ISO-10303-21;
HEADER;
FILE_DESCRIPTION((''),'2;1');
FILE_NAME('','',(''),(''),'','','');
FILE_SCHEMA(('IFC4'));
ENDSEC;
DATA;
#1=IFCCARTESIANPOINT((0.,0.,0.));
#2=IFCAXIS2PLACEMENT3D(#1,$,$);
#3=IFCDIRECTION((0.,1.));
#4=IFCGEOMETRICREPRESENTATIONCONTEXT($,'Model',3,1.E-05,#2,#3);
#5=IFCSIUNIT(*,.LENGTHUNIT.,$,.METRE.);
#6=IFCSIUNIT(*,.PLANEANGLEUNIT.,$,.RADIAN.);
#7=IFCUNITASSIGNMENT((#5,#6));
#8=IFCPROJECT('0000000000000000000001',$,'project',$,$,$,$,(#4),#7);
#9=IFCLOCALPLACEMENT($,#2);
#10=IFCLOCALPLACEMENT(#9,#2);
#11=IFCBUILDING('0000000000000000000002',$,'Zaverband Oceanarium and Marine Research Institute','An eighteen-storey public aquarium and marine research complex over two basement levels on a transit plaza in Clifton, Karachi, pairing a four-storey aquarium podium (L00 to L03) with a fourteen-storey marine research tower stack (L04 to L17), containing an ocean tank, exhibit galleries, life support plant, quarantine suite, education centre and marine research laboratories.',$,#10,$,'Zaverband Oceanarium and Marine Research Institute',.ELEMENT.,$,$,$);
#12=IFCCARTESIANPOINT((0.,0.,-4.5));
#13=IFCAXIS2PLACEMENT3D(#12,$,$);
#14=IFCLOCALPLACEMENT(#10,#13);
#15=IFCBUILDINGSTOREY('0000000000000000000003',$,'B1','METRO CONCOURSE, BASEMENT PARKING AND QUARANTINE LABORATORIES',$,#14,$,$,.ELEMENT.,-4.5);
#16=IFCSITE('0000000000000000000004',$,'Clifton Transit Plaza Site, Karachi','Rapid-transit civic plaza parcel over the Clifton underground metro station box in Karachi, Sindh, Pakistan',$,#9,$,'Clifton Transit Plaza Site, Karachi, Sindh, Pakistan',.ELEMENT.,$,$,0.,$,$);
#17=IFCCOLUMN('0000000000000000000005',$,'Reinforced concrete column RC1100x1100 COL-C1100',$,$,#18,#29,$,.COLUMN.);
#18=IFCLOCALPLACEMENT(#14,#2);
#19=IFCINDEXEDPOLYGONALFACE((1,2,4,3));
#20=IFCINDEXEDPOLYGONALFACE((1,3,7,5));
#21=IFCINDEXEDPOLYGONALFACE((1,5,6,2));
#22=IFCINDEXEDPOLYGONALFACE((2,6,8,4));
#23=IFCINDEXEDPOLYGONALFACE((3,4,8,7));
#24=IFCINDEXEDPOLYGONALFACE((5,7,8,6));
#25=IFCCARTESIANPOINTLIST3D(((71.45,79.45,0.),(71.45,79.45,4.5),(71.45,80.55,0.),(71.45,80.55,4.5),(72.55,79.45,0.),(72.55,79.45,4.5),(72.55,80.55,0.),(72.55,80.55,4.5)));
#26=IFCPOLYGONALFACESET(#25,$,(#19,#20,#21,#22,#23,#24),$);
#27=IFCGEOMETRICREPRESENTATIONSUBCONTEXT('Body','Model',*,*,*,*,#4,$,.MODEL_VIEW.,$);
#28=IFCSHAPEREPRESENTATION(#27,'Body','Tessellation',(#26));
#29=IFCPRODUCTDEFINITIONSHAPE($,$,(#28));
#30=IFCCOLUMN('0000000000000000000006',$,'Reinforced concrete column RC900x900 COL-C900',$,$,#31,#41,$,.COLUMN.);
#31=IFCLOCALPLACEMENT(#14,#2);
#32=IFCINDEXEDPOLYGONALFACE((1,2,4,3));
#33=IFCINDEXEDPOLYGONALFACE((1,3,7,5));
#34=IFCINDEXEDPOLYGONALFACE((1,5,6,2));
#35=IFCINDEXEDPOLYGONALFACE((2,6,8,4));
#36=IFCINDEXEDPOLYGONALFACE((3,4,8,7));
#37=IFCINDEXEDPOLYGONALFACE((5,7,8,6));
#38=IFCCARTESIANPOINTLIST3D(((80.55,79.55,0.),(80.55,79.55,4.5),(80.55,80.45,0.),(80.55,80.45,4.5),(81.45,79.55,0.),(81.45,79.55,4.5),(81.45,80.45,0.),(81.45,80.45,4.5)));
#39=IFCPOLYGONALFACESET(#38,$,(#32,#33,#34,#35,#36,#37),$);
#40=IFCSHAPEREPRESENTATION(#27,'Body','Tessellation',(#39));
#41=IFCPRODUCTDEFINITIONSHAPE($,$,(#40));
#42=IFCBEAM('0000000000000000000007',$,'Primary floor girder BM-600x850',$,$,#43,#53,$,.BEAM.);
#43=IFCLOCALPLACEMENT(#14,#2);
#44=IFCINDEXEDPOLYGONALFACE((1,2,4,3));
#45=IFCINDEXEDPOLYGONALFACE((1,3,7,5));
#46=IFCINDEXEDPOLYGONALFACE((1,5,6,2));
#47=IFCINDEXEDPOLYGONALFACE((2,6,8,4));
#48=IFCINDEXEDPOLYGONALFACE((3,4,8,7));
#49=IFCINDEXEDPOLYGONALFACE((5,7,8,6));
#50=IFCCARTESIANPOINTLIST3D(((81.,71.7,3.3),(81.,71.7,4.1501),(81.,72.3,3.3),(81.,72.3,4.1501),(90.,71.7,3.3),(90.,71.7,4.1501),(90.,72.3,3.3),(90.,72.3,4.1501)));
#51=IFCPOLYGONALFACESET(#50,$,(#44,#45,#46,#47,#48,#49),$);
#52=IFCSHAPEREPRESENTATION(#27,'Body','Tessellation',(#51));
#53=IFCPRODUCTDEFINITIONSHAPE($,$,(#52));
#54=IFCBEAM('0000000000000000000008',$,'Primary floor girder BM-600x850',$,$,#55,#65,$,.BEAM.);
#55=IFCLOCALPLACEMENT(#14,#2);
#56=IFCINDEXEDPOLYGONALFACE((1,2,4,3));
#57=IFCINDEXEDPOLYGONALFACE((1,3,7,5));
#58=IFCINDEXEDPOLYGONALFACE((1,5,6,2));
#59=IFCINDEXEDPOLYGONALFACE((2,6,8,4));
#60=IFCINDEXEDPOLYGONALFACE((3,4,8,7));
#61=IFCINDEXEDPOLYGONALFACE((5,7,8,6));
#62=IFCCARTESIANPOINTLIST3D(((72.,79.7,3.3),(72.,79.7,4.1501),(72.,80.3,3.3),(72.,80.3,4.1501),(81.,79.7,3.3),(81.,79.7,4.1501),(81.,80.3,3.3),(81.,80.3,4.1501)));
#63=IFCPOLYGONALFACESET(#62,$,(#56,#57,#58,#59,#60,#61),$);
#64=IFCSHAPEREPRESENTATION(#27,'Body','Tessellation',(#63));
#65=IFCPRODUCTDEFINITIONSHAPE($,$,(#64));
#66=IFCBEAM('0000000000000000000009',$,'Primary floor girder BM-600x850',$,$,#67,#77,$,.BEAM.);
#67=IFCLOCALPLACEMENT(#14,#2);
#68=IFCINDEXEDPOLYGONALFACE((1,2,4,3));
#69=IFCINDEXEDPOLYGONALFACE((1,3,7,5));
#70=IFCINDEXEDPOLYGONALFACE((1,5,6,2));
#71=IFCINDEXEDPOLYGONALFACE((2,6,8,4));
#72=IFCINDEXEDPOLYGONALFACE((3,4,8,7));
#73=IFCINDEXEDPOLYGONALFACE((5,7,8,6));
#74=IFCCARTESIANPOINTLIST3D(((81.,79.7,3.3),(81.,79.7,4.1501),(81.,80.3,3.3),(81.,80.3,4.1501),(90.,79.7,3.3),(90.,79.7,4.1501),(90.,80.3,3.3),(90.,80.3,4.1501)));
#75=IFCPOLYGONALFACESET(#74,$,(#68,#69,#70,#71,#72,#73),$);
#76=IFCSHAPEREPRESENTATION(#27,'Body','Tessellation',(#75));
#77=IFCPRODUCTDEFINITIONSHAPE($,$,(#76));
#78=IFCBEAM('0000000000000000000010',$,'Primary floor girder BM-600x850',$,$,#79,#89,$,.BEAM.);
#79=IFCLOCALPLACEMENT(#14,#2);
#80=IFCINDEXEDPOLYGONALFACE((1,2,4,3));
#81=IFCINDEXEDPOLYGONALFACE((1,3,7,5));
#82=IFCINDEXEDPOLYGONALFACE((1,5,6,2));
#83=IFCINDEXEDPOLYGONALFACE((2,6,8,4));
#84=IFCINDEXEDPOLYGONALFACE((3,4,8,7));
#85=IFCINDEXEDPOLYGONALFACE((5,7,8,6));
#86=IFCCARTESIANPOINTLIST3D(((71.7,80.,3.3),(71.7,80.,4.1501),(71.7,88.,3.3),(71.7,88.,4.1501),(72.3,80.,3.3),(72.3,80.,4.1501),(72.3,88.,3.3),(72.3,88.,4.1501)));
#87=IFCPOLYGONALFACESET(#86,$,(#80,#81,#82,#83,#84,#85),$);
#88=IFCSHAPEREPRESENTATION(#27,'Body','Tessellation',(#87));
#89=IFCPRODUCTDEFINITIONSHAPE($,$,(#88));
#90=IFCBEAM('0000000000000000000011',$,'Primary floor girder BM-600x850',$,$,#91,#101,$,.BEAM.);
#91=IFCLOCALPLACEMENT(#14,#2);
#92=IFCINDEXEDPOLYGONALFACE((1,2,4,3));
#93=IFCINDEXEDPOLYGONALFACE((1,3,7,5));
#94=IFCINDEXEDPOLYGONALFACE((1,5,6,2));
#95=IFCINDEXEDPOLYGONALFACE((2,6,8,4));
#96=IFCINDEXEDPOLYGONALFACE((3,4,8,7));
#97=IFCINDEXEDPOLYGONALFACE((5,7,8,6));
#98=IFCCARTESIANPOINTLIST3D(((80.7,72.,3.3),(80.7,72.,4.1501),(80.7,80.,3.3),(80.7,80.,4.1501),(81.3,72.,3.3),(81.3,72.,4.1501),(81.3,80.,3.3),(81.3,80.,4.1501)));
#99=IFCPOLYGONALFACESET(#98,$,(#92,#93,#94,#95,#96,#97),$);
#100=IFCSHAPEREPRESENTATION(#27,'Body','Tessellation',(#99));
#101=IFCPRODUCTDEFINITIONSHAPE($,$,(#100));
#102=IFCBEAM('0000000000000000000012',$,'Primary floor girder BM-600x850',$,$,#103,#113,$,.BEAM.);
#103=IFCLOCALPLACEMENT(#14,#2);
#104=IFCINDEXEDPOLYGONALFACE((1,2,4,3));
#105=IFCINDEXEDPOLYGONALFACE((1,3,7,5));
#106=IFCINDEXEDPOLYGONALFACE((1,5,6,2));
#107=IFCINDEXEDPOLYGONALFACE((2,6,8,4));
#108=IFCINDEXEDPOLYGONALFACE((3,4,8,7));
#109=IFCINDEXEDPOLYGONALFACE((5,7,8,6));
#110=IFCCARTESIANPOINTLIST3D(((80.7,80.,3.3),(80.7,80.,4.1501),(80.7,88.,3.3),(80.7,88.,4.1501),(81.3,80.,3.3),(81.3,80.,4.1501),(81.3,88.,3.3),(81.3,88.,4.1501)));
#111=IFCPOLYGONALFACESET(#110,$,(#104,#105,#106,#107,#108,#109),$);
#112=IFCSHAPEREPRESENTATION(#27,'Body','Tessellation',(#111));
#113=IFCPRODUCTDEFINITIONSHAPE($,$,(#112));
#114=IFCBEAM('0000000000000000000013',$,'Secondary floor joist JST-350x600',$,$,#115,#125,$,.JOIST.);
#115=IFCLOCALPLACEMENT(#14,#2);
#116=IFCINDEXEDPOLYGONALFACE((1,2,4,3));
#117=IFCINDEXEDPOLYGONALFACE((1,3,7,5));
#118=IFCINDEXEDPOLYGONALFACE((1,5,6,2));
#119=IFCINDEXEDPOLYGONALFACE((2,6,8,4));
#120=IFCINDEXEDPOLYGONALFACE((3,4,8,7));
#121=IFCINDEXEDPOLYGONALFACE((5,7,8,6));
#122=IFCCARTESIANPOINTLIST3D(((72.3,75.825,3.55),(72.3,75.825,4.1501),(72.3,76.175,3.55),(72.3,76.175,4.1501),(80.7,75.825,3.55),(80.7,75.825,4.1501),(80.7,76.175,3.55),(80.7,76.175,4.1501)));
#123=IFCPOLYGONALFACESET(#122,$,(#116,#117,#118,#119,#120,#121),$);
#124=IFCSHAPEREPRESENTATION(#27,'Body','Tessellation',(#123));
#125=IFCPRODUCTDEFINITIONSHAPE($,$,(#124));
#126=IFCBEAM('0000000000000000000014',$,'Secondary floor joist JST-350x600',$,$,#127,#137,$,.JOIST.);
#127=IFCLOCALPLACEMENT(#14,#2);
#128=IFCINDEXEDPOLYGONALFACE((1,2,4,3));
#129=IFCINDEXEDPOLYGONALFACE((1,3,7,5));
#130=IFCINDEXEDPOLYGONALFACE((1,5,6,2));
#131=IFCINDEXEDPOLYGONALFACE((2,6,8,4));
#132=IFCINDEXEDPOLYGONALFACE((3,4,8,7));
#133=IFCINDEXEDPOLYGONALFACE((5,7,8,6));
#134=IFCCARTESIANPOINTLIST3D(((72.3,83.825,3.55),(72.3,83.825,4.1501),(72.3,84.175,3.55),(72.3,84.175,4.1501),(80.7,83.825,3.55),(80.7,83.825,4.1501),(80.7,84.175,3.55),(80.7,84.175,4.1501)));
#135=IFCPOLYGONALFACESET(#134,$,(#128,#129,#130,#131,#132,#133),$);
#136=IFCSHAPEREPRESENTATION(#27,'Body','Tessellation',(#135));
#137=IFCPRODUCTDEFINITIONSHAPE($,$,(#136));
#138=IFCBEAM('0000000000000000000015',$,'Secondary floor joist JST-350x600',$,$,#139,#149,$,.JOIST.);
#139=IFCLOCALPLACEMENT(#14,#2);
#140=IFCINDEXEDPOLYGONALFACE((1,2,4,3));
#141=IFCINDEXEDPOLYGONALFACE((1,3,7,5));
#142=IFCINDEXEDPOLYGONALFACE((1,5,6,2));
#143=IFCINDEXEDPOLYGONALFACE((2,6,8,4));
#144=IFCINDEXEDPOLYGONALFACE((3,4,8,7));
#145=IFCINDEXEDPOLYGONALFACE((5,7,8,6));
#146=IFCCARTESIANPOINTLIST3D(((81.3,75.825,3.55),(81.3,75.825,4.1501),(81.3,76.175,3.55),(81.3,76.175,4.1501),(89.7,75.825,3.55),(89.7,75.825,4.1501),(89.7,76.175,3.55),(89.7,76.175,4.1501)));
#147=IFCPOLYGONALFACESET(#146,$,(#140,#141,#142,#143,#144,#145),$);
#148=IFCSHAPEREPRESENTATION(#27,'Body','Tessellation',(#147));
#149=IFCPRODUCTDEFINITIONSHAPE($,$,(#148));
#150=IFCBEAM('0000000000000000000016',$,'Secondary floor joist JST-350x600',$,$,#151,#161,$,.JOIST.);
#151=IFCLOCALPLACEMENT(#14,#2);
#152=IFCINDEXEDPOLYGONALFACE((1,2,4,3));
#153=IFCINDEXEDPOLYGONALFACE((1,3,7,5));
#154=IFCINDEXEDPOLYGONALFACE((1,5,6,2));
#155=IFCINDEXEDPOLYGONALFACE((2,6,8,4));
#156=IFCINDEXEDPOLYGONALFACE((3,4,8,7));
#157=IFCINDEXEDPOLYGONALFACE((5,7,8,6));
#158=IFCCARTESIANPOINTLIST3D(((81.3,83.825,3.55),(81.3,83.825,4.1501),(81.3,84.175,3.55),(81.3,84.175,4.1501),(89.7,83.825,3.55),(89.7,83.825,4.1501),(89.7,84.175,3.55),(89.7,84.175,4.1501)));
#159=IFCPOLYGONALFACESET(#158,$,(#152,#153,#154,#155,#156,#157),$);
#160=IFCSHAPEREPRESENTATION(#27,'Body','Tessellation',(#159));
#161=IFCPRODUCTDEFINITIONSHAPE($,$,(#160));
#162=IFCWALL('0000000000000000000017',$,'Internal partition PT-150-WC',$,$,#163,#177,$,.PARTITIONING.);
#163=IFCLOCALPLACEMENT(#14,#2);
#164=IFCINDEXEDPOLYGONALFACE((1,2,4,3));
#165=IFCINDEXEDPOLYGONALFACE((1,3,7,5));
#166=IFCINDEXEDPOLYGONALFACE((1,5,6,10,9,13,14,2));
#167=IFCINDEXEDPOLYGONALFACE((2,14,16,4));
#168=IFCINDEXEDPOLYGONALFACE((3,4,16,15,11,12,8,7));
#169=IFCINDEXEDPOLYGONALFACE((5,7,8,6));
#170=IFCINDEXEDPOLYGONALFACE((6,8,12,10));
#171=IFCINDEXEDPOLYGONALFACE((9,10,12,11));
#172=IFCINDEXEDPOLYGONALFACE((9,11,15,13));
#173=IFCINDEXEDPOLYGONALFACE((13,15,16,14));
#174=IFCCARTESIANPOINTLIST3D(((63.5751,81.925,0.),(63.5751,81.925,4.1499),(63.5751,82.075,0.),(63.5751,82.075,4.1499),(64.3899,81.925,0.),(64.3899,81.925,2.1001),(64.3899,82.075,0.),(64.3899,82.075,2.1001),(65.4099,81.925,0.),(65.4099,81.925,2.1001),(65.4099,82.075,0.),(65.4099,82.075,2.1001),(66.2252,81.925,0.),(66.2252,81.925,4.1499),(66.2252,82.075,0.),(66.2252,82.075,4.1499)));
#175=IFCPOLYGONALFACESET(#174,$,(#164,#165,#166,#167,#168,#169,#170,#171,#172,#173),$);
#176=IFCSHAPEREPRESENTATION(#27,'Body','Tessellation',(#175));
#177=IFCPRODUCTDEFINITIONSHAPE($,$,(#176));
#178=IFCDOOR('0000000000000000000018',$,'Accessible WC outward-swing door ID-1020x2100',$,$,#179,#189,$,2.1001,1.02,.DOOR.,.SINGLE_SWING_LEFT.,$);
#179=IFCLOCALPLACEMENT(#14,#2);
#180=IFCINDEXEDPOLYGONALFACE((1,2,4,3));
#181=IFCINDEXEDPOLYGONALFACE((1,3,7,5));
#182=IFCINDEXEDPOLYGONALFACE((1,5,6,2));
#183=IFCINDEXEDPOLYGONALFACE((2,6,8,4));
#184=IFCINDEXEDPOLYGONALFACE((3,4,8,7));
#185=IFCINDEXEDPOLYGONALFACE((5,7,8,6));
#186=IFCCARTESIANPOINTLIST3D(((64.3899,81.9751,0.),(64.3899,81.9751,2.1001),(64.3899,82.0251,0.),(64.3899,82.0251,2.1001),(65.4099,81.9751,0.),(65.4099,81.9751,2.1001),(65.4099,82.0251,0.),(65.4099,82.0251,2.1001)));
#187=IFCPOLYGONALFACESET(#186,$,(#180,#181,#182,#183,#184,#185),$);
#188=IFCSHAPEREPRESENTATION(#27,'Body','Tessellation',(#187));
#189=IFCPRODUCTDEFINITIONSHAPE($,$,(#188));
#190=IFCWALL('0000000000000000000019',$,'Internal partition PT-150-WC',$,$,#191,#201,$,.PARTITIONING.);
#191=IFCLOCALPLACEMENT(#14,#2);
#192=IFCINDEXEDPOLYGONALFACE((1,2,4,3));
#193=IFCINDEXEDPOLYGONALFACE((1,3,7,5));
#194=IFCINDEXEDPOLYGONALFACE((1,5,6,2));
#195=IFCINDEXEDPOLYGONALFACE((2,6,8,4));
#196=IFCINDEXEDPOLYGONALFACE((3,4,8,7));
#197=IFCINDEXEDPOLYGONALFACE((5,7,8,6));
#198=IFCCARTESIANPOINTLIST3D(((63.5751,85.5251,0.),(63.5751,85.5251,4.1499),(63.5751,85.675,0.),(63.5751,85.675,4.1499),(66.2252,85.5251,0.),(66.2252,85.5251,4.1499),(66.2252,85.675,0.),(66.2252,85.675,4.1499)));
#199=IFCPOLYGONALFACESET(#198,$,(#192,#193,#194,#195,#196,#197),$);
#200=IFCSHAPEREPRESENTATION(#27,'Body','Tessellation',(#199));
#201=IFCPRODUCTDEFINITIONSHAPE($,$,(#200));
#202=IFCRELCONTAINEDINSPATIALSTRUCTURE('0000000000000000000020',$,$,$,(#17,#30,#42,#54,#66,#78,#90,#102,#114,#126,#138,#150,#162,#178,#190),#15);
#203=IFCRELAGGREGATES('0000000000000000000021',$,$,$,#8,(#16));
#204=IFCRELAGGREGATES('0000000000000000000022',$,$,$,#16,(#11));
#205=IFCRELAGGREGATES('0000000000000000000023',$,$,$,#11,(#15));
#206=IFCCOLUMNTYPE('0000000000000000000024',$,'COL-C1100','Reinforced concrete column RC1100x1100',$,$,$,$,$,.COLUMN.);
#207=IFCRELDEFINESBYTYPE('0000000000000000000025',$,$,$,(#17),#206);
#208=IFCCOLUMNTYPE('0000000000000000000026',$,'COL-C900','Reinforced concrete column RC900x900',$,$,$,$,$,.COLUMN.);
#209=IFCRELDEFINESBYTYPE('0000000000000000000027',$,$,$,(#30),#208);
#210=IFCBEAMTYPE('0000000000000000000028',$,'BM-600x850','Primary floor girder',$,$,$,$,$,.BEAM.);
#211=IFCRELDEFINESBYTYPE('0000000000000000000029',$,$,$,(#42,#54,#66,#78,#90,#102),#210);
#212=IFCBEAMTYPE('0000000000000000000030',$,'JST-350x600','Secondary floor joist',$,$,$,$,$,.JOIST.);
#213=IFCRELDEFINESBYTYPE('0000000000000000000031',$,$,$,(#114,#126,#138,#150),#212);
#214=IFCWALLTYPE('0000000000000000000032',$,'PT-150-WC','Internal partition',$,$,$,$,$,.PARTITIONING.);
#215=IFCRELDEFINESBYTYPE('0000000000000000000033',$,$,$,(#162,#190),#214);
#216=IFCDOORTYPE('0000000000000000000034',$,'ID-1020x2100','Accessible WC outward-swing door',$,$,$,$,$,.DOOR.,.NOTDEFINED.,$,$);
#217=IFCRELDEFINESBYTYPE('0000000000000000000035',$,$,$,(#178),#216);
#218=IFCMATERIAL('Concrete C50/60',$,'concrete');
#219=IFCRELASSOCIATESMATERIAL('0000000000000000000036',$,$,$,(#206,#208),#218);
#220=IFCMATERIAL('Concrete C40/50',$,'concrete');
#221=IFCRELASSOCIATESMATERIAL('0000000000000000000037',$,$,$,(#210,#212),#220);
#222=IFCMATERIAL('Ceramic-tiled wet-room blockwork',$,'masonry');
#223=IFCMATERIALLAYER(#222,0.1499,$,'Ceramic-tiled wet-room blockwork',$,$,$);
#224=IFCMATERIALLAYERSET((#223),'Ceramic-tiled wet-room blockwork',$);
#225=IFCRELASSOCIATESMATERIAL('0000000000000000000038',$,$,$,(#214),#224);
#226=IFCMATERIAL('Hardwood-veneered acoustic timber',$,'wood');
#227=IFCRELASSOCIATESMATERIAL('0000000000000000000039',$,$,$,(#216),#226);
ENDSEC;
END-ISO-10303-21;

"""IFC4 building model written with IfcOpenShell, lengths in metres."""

from ifc_helpers import new_model, si_unit, direction, frame, frame_2d, origin, origin_2d, place, context, subcontext, project, spatial, rectangle, extrude, material, layer, layer_set, material_profile, profile_set, type_object, element, fill, save


model = new_model("IFC4")

# Units and contexts
model_context = context("Model", 3, precision=1e-05, world=origin(), true_north=direction((0.0, 1.0)))
body_context = subcontext(model_context, "Body", "Model", "MODEL_VIEW")
ifc_project = project(units=[si_unit("LENGTHUNIT", "METRE"), si_unit("PLANEANGLEUNIT", "RADIAN")], contexts=[model_context])

# Site, building, storey
site_placement = place(None, origin())
site = spatial("IfcSite", under=ifc_project, at=site_placement, Name="Clifton Transit Plaza Site, Karachi", Description="Rapid-transit civic plaza parcel over the Clifton underground metro station box in Karachi, Sindh, Pakistan", LongName="Clifton Transit Plaza Site, Karachi, Sindh, Pakistan", CompositionType="ELEMENT", RefElevation=0.0)
building_placement = place(site_placement, origin())
building = spatial("IfcBuilding", under=site, at=building_placement, Name="Zaverband Oceanarium and Marine Research Institute", Description="An eighteen-storey public aquarium and marine research complex over two basement levels on a transit plaza in Clifton, Karachi, pairing a four-storey aquarium podium (L00 to L03) with a fourteen-storey marine research tower stack (L04 to L17), containing an ocean tank, exhibit galleries, life support plant, quarantine suite, education centre and marine research laboratories.", LongName="Zaverband Oceanarium and Marine Research Institute", CompositionType="ELEMENT")
storey_placement = place(building_placement, frame((0.0, 0.0, -4.5)))
storey = spatial("IfcBuildingStorey", under=building, at=storey_placement, Name="B1", Description="METRO CONCOURSE, BASEMENT PARKING AND QUARANTINE LABORATORIES", CompositionType="ELEMENT", Elevation=-4.5)

# Columns
ifc_material_1 = material(Name="Concrete C50/60", Category="concrete")
ifc_material_profile_1 = material_profile(ifc_material_1, rectangle(XDim=1.1001, YDim=1.1001, at=origin_2d()), Name="RC1100x1100")
ifc_profile_set_1 = profile_set([ifc_material_profile_1], Name="Concrete C50/60")
column_type_1 = type_object("IfcColumnType", Name="COL-C1100", Description="Reinforced concrete column RC1100x1100", PredefinedType="COLUMN", material=ifc_profile_set_1)
column_1_placement = place(storey_placement, frame((72.0, 80.0, 0.0), z_axis=(0.0, 0.0, 1.0), x_axis=(1.0, 0.0, 0.0)))
element("IfcColumn", 1, at=column_1_placement, inside=storey, type_object=column_type_1, Name="Reinforced concrete column RC1100x1100 COL-C1100", PredefinedType="COLUMN", context=body_context, shape_type="SweptSolid", body=[
    extrude(rectangle(XDim=1.1001, YDim=1.1001, at=origin_2d()), origin(), (0.0, 0.0, 1.0), 4.5),
])
ifc_material_profile_2 = material_profile(ifc_material_1, rectangle(XDim=0.8999, YDim=0.8999, at=origin_2d()), Name="RC900x900")
ifc_profile_set_2 = profile_set([ifc_material_profile_2], Name="Concrete C50/60")
column_type_2 = type_object("IfcColumnType", Name="COL-C900", Description="Reinforced concrete column RC900x900", PredefinedType="COLUMN", material=ifc_profile_set_2)
column_2_placement = place(storey_placement, frame((81.0, 80.0, 0.0), z_axis=(0.0, 0.0, 1.0), x_axis=(1.0, 0.0, 0.0)))
element("IfcColumn", 2, at=column_2_placement, inside=storey, type_object=column_type_2, Name="Reinforced concrete column RC900x900 COL-C900", PredefinedType="COLUMN", context=body_context, shape_type="SweptSolid", body=[
    extrude(rectangle(XDim=0.8999, YDim=0.8999, at=origin_2d()), origin(), (0.0, 0.0, 1.0), 4.5),
])

# Beams
ifc_material_2 = material(Name="Concrete C40/50", Category="concrete")
ifc_material_profile_3 = material_profile(ifc_material_2, rectangle(XDim=0.6001, YDim=0.8501, at=origin_2d()), Name="RC600x850")
ifc_profile_set_3 = profile_set([ifc_material_profile_3], Name="Concrete C40/50")
beam_type_1 = type_object("IfcBeamType", Name="BM-600x850", Description="Primary floor girder", PredefinedType="BEAM", material=ifc_profile_set_3)
for number, where, z_axis, x_axis, name in (
    (3, (81.0, 72.0, 3.7251), (1.0, 0.0, 0.0), (0.0, 1.0, 0.0), "Primary floor girder BM-600x850"),
    (4, (72.0, 80.0, 3.7251), (1.0, 0.0, 0.0), (0.0, 1.0, 0.0), "Primary floor girder BM-600x850"),
    (5, (81.0, 80.0, 3.7251), (1.0, 0.0, 0.0), (0.0, 1.0, 0.0), "Primary floor girder BM-600x850"),
):
    element("IfcBeam", number, at=place(storey_placement, frame(where, z_axis=z_axis, x_axis=x_axis)), inside=storey, type_object=beam_type_1, Name=name, PredefinedType="BEAM", context=body_context, shape_type="SweptSolid", body=[
        extrude(rectangle(XDim=0.6001, YDim=0.8501, at=origin_2d()), origin(), (0.0, 0.0, 1.0), 9.0),
    ])
for number, where, z_axis, x_axis, name in (
    (6, (72.0, 80.0, 3.7251), (0.0, 1.0, 0.0), (-1.0, 0.0, 0.0), "Primary floor girder BM-600x850"),
    (7, (81.0, 72.0, 3.7251), (0.0, 1.0, 0.0), (-1.0, 0.0, 0.0), "Primary floor girder BM-600x850"),
    (8, (81.0, 80.0, 3.7251), (0.0, 1.0, 0.0), (-1.0, 0.0, 0.0), "Primary floor girder BM-600x850"),
):
    element("IfcBeam", number, at=place(storey_placement, frame(where, z_axis=z_axis, x_axis=x_axis)), inside=storey, type_object=beam_type_1, Name=name, PredefinedType="BEAM", context=body_context, shape_type="SweptSolid", body=[
        extrude(rectangle(XDim=0.6001, YDim=0.8501, at=origin_2d()), origin(), (0.0, 0.0, 1.0), 8.0),
    ])
ifc_material_profile_4 = material_profile(ifc_material_2, rectangle(XDim=0.3501, YDim=0.6001, at=origin_2d()), Name="RC350x600")
ifc_profile_set_4 = profile_set([ifc_material_profile_4], Name="Concrete C40/50")
beam_type_2 = type_object("IfcBeamType", Name="JST-350x600", Description="Secondary floor joist", PredefinedType="JOIST", material=ifc_profile_set_4)
for number, where, z_axis, x_axis, name in (
    (9, (72.3, 76.0, 3.8501), (1.0, 0.0, 0.0), (0.0, 1.0, 0.0), "Secondary floor joist JST-350x600"),
    (10, (72.3, 84.0, 3.8501), (1.0, 0.0, 0.0), (0.0, 1.0, 0.0), "Secondary floor joist JST-350x600"),
    (11, (81.3, 76.0, 3.8501), (1.0, 0.0, 0.0), (0.0, 1.0, 0.0), "Secondary floor joist JST-350x600"),
    (12, (81.3, 84.0, 3.8501), (1.0, 0.0, 0.0), (0.0, 1.0, 0.0), "Secondary floor joist JST-350x600"),
):
    element("IfcBeam", number, at=place(storey_placement, frame(where, z_axis=z_axis, x_axis=x_axis)), inside=storey, type_object=beam_type_2, Name=name, PredefinedType="JOIST", context=body_context, shape_type="SweptSolid", body=[
        extrude(rectangle(XDim=0.3501, YDim=0.6001, at=origin_2d()), origin(), (0.0, 0.0, 1.0), 8.3999),
    ])

# Wall, opening, door
ifc_material_3 = material(Name="Ceramic-tiled wet-room blockwork", Category="masonry")
ifc_layer = layer(ifc_material_3, 0.1499, Name="Ceramic-tiled wet-room blockwork")
ifc_layer_set = layer_set([ifc_layer], Name="Ceramic-tiled wet-room blockwork")
wall_type = type_object("IfcWallType", Name="PT-150-WC", Description="Internal partition", PredefinedType="PARTITIONING", material=ifc_layer_set)
wall_1_placement = place(storey_placement, frame((63.575, 82.0, 0.0), z_axis=(0.0, 0.0, 1.0), x_axis=(1.0, 0.0, 0.0)))
wall_1 = element("IfcWall", 13, at=wall_1_placement, inside=storey, type_object=wall_type, Name="Internal partition PT-150-WC", PredefinedType="PARTITIONING", context=body_context, shape_type="SweptSolid", body=[
    extrude(rectangle(XDim=2.6501, YDim=0.1499, at=frame_2d((1.3252, 0.0))), origin(), (0.0, 0.0, 1.0), 4.1499),
])
opening_1_placement = place(wall_1_placement, frame((0.8149, 0.0, 0.0)))
opening_1 = element("IfcOpeningElement", 14, at=opening_1_placement, cuts=wall_1, PredefinedType="OPENING", context=body_context, shape_type="SweptSolid", body=[
    extrude(rectangle(XDim=1.02, YDim=2.1001, at=frame_2d((0.51, 1.05))), frame((0.0, 0.0869, 0.0), z_axis=(0.0, -1.0, 0.0), x_axis=(1.0, 0.0, 0.0)), (0.0, 0.0, 1.0), 0.1738),
])
ifc_material_4 = material(Name="Hardwood-veneered acoustic timber", Category="wood")
door_type_1 = type_object("IfcDoorType", Name="ID-1020x2100", Description="Accessible WC outward-swing door", OperationType="NOTDEFINED", PredefinedType="DOOR", material=ifc_material_4)
door_1_placement = place(opening_1_placement, frame((1.02, 0.0, 0.0), z_axis=(0.0, 0.0, 1.0), x_axis=(-1.0, 0.0, 0.0)))
door_1 = element("IfcDoor", 15, at=door_1_placement, inside=storey, type_object=door_type_1, Name="Accessible WC outward-swing door ID-1020x2100", OperationType="SINGLE_SWING_LEFT", OverallHeight=2.1001, OverallWidth=1.02, PredefinedType="DOOR", context=body_context, shape_type="SweptSolid", body=[
    extrude(rectangle(XDim=1.02, YDim=2.1001, at=frame_2d((0.51, 1.05))), frame((0.0, 0.0249, 0.0), z_axis=(0.0, -1.0, 0.0), x_axis=(1.0, 0.0, 0.0)), (0.0, 0.0, 1.0), 0.05),
])
fill(opening_1, door_1)

# Wall
wall_2_placement = place(storey_placement, frame((63.575, 85.6001, 0.0), z_axis=(0.0, 0.0, 1.0), x_axis=(1.0, 0.0, 0.0)))
element("IfcWall", 16, at=wall_2_placement, inside=storey, type_object=wall_type, Name="Internal partition PT-150-WC", PredefinedType="PARTITIONING", context=body_context, shape_type="SweptSolid", body=[
    extrude(rectangle(XDim=2.6501, YDim=0.1499, at=frame_2d((1.3252, 0.0))), origin(), (0.0, 0.0, 1.0), 4.1499),
])

save(model, "model.ifc")
